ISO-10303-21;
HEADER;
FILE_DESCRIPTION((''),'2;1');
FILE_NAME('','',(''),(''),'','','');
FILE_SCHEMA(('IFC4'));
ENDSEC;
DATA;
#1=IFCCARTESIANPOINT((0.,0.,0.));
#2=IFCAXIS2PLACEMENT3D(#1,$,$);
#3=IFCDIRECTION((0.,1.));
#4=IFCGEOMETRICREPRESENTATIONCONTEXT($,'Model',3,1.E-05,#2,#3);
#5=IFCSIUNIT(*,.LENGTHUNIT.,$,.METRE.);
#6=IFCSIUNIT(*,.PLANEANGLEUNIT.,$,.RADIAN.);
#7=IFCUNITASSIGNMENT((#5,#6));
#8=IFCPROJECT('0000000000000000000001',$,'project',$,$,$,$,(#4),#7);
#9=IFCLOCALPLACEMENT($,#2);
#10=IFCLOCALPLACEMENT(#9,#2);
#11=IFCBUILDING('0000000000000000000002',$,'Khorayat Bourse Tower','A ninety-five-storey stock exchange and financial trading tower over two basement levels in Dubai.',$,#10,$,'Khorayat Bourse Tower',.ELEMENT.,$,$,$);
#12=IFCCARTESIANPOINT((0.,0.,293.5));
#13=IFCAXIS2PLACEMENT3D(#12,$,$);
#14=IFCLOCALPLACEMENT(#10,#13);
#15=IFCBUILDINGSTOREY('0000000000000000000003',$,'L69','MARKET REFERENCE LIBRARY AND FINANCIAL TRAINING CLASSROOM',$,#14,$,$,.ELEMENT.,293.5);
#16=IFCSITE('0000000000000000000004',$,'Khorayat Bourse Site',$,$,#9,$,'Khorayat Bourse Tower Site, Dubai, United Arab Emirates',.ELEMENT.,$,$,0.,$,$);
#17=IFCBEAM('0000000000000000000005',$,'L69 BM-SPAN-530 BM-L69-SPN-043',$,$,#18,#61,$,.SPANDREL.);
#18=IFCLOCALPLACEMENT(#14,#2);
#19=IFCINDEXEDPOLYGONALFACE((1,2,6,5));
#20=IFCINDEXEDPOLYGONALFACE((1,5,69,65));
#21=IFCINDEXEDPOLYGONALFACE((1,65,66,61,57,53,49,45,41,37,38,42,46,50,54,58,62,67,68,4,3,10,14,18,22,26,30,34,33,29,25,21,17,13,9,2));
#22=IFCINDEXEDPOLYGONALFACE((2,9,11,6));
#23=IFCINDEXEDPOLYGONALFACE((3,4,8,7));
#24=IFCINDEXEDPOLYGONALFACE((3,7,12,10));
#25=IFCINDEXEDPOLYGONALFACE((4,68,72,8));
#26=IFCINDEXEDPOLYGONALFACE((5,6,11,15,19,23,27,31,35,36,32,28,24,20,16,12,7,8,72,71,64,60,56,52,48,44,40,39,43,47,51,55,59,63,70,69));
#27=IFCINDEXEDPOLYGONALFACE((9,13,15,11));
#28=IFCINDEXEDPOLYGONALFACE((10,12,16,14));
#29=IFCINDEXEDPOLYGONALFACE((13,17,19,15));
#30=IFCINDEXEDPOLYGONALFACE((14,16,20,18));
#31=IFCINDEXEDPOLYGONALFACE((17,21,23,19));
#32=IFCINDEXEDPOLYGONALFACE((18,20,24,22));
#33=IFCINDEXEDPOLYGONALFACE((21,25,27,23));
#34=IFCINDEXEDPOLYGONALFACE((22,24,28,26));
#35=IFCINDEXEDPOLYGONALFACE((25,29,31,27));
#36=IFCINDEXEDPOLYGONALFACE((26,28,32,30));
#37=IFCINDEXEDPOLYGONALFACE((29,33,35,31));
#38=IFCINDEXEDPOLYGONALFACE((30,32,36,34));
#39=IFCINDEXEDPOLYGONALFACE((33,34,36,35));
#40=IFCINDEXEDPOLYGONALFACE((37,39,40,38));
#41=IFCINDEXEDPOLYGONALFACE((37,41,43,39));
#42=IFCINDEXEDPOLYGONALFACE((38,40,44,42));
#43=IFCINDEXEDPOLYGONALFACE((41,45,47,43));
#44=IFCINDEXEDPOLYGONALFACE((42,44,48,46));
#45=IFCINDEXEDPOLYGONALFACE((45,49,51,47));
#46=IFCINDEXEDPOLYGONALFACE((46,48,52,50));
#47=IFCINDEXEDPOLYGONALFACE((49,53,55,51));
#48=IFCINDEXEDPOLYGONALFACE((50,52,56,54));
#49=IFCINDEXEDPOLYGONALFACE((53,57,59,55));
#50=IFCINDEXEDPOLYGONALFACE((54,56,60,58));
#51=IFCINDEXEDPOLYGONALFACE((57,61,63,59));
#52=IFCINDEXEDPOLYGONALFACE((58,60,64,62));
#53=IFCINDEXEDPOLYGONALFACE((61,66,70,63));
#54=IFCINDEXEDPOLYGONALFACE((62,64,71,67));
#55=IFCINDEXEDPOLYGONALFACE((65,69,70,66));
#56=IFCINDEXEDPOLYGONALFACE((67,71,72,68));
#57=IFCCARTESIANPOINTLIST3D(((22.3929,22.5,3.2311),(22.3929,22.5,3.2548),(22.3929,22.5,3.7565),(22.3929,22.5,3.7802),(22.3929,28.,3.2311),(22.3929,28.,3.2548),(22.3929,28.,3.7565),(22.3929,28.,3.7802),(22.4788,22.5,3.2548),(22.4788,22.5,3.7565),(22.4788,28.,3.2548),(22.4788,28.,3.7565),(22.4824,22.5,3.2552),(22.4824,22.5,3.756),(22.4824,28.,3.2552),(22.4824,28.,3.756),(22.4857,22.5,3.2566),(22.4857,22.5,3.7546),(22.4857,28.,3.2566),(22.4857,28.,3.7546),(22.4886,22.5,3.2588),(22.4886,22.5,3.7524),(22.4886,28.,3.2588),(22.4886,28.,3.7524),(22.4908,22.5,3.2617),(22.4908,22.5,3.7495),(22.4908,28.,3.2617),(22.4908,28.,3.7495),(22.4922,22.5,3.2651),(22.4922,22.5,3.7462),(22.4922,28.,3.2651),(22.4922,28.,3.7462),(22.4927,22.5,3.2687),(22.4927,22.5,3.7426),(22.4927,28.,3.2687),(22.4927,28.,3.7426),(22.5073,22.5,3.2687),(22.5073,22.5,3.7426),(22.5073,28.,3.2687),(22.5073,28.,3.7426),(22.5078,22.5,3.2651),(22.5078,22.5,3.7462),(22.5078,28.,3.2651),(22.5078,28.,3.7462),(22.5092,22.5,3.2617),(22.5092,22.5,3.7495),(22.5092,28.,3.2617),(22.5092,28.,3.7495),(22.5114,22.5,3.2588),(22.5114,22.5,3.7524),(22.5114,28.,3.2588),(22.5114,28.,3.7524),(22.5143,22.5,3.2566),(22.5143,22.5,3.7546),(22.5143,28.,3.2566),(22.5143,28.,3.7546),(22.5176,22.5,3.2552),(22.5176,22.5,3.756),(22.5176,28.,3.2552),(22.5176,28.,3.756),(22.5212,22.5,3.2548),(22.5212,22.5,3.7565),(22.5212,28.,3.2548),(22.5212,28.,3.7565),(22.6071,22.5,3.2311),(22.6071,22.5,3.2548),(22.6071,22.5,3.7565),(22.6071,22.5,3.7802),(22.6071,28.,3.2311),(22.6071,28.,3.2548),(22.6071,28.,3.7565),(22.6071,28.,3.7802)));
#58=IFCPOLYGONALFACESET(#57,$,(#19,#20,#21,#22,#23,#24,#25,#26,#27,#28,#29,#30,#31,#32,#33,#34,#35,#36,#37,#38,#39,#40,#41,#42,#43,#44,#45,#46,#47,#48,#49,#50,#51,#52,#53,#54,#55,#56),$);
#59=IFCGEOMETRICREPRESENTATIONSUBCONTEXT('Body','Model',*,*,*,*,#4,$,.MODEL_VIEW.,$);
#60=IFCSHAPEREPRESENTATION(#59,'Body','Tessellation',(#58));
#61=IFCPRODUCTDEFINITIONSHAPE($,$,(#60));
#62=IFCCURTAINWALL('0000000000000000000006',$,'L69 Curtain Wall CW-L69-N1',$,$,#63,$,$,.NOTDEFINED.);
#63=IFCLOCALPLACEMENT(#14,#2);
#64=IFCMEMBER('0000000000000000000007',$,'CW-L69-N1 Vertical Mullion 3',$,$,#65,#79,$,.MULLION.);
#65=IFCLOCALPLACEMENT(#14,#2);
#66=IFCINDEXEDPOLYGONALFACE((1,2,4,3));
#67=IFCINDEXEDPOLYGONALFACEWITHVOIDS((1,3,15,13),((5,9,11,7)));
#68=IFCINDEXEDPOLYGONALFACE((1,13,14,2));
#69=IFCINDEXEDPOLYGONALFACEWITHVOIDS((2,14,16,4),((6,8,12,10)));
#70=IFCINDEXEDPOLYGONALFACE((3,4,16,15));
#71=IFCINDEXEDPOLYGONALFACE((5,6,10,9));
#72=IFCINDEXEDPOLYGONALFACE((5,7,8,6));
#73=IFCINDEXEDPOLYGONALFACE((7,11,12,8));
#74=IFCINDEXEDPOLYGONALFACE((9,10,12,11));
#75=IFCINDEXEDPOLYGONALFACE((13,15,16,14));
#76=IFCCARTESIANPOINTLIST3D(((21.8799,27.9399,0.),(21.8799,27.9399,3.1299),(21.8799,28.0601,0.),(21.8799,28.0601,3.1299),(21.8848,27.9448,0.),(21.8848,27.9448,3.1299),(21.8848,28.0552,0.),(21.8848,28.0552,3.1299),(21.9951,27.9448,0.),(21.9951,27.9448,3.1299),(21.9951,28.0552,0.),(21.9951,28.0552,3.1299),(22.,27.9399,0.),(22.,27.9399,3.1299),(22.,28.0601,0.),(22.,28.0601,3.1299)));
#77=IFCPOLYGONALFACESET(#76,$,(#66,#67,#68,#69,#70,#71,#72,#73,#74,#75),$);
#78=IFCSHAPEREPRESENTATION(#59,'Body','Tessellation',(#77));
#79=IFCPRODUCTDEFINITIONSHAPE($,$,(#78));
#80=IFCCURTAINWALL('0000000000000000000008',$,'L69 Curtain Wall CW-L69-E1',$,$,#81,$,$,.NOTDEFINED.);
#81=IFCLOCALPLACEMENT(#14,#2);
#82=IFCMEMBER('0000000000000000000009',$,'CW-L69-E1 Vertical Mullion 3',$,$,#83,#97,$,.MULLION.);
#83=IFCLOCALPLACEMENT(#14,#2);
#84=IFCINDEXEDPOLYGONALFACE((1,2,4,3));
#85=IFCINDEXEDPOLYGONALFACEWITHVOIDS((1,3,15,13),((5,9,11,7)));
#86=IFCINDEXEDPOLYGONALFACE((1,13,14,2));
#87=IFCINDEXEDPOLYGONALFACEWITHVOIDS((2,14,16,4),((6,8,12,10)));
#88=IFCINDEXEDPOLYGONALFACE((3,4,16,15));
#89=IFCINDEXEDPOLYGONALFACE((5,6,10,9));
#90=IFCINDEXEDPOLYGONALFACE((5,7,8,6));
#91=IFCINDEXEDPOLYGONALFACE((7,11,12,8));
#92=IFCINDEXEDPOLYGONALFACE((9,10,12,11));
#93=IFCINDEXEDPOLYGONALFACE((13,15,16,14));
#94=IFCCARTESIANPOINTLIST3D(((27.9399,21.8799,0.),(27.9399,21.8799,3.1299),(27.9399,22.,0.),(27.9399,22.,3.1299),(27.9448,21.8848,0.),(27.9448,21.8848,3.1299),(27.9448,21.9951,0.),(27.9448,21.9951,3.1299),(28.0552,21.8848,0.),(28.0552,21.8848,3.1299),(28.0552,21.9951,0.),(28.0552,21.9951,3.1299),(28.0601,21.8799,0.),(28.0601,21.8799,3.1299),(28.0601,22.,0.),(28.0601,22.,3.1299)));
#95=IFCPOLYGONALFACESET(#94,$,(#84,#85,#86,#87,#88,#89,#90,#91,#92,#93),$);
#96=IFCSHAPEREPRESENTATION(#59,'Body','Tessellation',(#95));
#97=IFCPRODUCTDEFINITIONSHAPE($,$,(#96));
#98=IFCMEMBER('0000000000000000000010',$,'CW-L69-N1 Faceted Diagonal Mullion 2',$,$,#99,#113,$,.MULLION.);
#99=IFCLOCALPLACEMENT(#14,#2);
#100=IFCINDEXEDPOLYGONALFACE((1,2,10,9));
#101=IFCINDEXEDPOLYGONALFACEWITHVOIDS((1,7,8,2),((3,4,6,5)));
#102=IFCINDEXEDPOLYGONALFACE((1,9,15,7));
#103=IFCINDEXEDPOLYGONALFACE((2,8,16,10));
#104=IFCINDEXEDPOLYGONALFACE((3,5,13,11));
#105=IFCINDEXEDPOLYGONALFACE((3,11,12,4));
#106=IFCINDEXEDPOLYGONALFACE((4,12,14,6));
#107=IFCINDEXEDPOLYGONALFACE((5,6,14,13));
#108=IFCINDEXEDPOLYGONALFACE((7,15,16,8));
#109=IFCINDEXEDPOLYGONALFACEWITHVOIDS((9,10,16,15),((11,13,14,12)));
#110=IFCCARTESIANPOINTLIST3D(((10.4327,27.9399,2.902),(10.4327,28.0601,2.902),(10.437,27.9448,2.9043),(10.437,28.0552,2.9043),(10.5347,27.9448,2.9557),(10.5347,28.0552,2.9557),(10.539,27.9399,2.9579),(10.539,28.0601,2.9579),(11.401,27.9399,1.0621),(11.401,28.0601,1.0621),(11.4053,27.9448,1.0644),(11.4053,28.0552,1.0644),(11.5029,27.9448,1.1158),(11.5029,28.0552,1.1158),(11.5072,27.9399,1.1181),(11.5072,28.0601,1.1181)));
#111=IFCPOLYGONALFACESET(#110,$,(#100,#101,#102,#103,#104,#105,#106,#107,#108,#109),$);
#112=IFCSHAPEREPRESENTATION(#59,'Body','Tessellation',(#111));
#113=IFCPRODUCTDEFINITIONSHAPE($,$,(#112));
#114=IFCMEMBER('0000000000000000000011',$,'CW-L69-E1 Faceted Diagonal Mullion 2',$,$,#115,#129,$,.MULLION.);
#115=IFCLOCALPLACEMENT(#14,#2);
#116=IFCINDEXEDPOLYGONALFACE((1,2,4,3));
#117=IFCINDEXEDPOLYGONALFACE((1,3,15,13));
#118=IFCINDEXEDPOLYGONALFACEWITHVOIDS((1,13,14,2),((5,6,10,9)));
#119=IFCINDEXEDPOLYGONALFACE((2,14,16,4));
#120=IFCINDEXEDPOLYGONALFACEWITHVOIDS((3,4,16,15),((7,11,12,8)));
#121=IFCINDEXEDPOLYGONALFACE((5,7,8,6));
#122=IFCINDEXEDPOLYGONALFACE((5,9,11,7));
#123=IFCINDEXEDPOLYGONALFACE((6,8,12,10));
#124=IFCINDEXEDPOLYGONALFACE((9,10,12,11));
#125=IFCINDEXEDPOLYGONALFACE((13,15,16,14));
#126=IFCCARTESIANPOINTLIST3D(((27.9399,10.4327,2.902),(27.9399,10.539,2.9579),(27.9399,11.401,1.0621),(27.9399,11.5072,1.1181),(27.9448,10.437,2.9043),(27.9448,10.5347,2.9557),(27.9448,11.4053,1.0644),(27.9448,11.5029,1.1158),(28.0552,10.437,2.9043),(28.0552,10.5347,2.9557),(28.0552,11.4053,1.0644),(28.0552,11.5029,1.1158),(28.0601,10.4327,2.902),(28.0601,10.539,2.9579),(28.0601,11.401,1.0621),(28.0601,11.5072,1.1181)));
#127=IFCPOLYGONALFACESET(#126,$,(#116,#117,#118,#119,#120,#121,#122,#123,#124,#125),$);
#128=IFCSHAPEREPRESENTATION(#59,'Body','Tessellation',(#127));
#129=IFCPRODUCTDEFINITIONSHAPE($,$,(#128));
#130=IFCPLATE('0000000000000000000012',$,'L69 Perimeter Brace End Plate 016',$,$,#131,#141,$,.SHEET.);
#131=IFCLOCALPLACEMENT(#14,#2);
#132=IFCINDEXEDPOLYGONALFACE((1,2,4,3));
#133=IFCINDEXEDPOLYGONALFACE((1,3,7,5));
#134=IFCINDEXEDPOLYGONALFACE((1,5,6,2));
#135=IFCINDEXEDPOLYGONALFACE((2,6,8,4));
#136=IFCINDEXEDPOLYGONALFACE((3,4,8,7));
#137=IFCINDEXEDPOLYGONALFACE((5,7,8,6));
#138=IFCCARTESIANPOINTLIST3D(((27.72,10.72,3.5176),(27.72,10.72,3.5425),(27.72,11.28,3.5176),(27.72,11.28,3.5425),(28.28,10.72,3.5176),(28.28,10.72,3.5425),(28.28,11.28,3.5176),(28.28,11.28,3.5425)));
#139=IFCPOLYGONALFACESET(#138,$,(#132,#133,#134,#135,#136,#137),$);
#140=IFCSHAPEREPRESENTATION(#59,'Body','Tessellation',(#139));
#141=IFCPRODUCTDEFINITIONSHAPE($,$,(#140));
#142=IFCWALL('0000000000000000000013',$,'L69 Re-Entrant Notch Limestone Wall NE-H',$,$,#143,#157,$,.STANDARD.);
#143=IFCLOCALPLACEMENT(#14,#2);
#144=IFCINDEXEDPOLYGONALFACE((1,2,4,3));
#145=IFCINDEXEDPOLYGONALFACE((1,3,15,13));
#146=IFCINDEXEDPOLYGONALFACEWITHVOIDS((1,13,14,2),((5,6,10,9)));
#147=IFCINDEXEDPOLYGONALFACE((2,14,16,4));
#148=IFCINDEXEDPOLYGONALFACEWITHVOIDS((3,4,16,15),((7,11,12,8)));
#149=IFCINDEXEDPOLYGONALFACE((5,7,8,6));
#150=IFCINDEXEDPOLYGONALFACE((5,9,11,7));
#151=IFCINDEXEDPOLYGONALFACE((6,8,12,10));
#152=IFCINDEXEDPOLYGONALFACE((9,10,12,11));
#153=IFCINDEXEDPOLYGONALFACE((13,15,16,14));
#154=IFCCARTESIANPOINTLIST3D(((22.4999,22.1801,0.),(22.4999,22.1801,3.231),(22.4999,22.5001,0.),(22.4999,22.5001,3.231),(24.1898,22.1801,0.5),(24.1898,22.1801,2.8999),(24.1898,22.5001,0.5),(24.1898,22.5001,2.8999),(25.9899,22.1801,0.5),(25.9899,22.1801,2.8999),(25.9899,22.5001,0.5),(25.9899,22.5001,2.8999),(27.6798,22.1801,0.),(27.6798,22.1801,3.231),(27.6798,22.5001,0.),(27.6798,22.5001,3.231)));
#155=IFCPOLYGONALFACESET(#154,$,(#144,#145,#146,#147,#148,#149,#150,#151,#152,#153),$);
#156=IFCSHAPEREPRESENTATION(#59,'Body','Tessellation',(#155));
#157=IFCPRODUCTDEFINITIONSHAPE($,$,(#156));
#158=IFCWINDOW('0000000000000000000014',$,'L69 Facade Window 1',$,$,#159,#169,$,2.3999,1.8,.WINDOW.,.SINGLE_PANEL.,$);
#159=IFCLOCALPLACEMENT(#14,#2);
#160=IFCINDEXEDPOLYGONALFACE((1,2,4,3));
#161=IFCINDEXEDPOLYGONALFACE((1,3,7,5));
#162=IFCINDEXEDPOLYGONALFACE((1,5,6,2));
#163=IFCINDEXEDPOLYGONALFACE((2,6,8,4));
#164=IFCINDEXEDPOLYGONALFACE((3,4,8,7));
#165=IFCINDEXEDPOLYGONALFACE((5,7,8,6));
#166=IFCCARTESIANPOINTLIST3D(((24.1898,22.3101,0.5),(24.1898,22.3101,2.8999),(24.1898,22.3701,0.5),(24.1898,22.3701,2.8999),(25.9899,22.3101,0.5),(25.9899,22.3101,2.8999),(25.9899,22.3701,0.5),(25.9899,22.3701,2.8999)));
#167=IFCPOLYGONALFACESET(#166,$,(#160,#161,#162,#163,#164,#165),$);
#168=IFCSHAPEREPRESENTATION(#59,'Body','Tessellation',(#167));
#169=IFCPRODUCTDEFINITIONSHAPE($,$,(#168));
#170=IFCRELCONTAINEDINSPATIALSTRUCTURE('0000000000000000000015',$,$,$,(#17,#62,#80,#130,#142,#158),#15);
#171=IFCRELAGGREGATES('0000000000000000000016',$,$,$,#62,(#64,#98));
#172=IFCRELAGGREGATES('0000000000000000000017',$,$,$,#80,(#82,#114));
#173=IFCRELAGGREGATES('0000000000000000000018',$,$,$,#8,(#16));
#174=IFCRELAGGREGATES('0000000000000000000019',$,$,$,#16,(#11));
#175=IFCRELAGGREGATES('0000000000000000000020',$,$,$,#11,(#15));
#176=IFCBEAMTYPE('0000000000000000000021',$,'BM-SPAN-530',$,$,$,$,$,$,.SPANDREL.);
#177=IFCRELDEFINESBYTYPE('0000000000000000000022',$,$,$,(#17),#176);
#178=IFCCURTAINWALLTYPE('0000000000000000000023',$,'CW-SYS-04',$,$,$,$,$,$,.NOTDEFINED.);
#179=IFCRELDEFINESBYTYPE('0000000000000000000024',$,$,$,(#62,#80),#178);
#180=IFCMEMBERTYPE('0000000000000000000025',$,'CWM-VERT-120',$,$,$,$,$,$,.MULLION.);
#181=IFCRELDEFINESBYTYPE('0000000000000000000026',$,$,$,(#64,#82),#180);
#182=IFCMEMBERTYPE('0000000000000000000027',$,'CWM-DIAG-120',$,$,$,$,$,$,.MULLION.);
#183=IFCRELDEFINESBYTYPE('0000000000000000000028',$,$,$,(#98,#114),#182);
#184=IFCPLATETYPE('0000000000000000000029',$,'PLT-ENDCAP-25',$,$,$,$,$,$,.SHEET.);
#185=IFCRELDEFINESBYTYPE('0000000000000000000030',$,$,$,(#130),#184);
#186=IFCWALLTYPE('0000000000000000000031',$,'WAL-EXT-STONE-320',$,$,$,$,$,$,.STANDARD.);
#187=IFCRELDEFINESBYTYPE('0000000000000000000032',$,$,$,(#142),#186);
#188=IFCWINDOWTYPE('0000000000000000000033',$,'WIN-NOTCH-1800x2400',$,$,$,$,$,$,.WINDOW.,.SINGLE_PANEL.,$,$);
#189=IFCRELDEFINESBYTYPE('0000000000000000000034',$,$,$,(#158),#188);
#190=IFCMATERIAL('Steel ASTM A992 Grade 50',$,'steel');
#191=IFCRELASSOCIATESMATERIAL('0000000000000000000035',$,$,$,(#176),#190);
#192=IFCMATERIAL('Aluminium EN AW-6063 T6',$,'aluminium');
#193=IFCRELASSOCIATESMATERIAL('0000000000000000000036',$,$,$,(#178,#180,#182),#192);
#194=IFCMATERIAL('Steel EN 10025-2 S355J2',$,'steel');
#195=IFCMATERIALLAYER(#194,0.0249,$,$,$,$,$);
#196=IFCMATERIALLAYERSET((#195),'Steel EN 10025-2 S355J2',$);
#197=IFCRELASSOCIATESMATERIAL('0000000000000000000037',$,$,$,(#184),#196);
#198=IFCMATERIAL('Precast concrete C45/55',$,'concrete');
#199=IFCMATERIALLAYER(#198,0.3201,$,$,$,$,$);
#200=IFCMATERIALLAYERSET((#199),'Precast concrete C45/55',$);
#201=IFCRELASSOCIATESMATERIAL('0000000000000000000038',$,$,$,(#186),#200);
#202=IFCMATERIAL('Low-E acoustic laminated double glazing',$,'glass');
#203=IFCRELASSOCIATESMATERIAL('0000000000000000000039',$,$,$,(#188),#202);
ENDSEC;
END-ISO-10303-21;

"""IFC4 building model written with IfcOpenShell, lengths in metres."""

from ifc_helpers import new_model, si_unit, direction, frame, frame_2d, origin, origin_2d, place, context, subcontext, project, spatial, rectangle, hollow_rectangle, i_section, extrude, source, transform, mapped, material, layer, layer_set, material_profile, profile_set, type_object, element, fill, aggregate, save


model = new_model("IFC4")

# Units and contexts
model_context = context("Model", 3, precision=1e-05, world=origin(), true_north=direction((0.0, 1.0)))
body_context = subcontext(model_context, "Body", "Model", "MODEL_VIEW")
ifc_project = project(units=[si_unit("LENGTHUNIT", "METRE"), si_unit("PLANEANGLEUNIT", "RADIAN")], contexts=[model_context])

# Site, building, storey
site_placement = place(None, origin())
site = spatial("IfcSite", under=ifc_project, at=site_placement, Name="Khorayat Bourse Site", LongName="Khorayat Bourse Tower Site, Dubai, United Arab Emirates", CompositionType="ELEMENT", RefElevation=0.0)
building_placement = place(site_placement, origin())
building = spatial("IfcBuilding", under=site, at=building_placement, Name="Khorayat Bourse Tower", Description="A ninety-five-storey stock exchange and financial trading tower over two basement levels in Dubai.", LongName="Khorayat Bourse Tower", CompositionType="ELEMENT")
storey_placement = place(building_placement, frame((0.0, 0.0, 293.5)))
storey = spatial("IfcBuildingStorey", under=building, at=storey_placement, Name="L69", Description="MARKET REFERENCE LIBRARY AND FINANCIAL TRAINING CLASSROOM", CompositionType="ELEMENT", Elevation=293.5)

# Beam
ifc_material_1 = material(Name="Steel ASTM A992 Grade 50", Category="steel")
ifc_material_profile_1 = material_profile(ifc_material_1, i_section(OverallWidth=0.2141, OverallDepth=0.5491, WebThickness=0.0146, FlangeThickness=0.0237, FilletRadius=0.0139, at=origin_2d()), Name="W530X138")
ifc_profile_set_1 = profile_set([ifc_material_profile_1], Name="Steel ASTM A992 Grade 50")
beam_type_1 = type_object("IfcBeamType", Name="BM-SPAN-530", PredefinedType="SPANDREL", material=ifc_profile_set_1)
shared_shape_1 = source(origin(), body_context, "Body", "SweptSolid", [
    extrude(i_section(OverallWidth=0.2141, OverallDepth=0.5491, WebThickness=0.0146, FlangeThickness=0.0237, FilletRadius=0.0139, at=origin_2d()), origin(), (0.0, 0.0, 1.0), 5.5),
])
for number, where, z_axis, x_axis, name in (
    (1, (22.5, 22.5, 3.5056), (0.0, 1.0, 0.0), (-1.0, 0.0, 0.0), "L69 BM-SPAN-530 BM-L69-SPN-043"),
):
    element("IfcBeam", number, at=place(storey_placement, frame(where, z_axis=z_axis, x_axis=x_axis)), inside=storey, type_object=beam_type_1, Name=name, PredefinedType="SPANDREL", context=body_context, shape_type="MappedRepresentation", body=[
        mapped(shared_shape_1, transform((0.0, 0.0, 0.0), scale=1.0)),
    ])

# Curtain walls, members
ifc_material_2 = material(Name="Aluminium EN AW-6063 T6", Category="aluminium")
curtain_wall_type = type_object("IfcCurtainWallType", Name="CW-SYS-04", PredefinedType="NOTDEFINED", material=ifc_material_2)
curtain_wall_1_placement = place(storey_placement, origin())
curtain_wall_1 = element("IfcCurtainWall", 2, at=curtain_wall_1_placement, inside=storey, type_object=curtain_wall_type, Name="L69 Curtain Wall CW-L69-N1", PredefinedType="NOTDEFINED")
ifc_material_profile_2 = material_profile(ifc_material_2, hollow_rectangle(XDim=0.1201, YDim=0.1201, WallThickness=0.0049, at=origin_2d()), Name="ALU 120x120x5")
ifc_profile_set_2 = profile_set([ifc_material_profile_2], Name="Aluminium EN AW-6063 T6")
member_type_1 = type_object("IfcMemberType", Name="CWM-VERT-120", PredefinedType="MULLION", material=ifc_profile_set_2)
shared_shape_2 = source(origin(), body_context, "Body", "SweptSolid", [
    extrude(hollow_rectangle(XDim=0.1201, YDim=0.1201, WallThickness=0.0049, at=origin_2d()), origin(), (0.0, 0.0, 1.0), 3.1299),
])
member_1_placement = place(storey_placement, frame((21.9399, 28.0, 0.0), z_axis=(0.0, 0.0, 1.0), x_axis=(0.0, 1.0, 0.0)))
member_1 = element("IfcMember", 3, at=member_1_placement, type_object=member_type_1, Name="CW-L69-N1 Vertical Mullion 3", PredefinedType="MULLION", context=body_context, shape_type="MappedRepresentation", body=[
    mapped(shared_shape_2, transform((0.0, 0.0, 0.0), scale=1.0)),
])
curtain_wall_2_placement = place(storey_placement, origin())
curtain_wall_2 = element("IfcCurtainWall", 4, at=curtain_wall_2_placement, inside=storey, type_object=curtain_wall_type, Name="L69 Curtain Wall CW-L69-E1", PredefinedType="NOTDEFINED")
member_2_placement = place(storey_placement, frame((28.0, 21.9399, 0.0), z_axis=(0.0, 0.0, 1.0), x_axis=(-1.0, 0.0, 0.0)))
member_2 = element("IfcMember", 5, at=member_2_placement, type_object=member_type_1, Name="CW-L69-E1 Vertical Mullion 3", PredefinedType="MULLION", context=body_context, shape_type="MappedRepresentation", body=[
    mapped(shared_shape_2, transform((0.0, 0.0, 0.0), scale=1.0)),
])

# Members
ifc_material_profile_3 = material_profile(ifc_material_2, hollow_rectangle(XDim=0.1201, YDim=0.1201, WallThickness=0.0049, at=origin_2d()), Name="ALU 120x120x5")
ifc_profile_set_3 = profile_set([ifc_material_profile_3], Name="Aluminium EN AW-6063 T6")
member_type_2 = type_object("IfcMemberType", Name="CWM-DIAG-120", PredefinedType="MULLION", material=ifc_profile_set_3)
shared_shape_3 = source(origin(), body_context, "Body", "SweptSolid", [
    extrude(hollow_rectangle(XDim=0.1201, YDim=0.1201, WallThickness=0.0049, at=origin_2d()), origin(), (0.0, 0.0, 1.0), 2.0791),
])
member_3_placement = place(storey_placement, frame((11.4541, 28.0, 1.0901), z_axis=(-0.465717, 0.0, 0.884934), x_axis=(0.0, -1.0, 0.0)))
member_3 = element("IfcMember", 6, at=member_3_placement, type_object=member_type_2, Name="CW-L69-N1 Faceted Diagonal Mullion 2", PredefinedType="MULLION", context=body_context, shape_type="MappedRepresentation", body=[
    mapped(shared_shape_3, transform((0.0, 0.0, 0.0), scale=1.0)),
])
aggregate(curtain_wall_1, [member_1, member_3])
member_4_placement = place(storey_placement, frame((28.0, 11.4541, 1.0901), z_axis=(0.0, -0.465717, 0.884934), x_axis=(1.0, 0.0, 0.0)))
member_4 = element("IfcMember", 7, at=member_4_placement, type_object=member_type_2, Name="CW-L69-E1 Faceted Diagonal Mullion 2", PredefinedType="MULLION", context=body_context, shape_type="MappedRepresentation", body=[
    mapped(shared_shape_3, transform((0.0, 0.0, 0.0), scale=1.0)),
])
aggregate(curtain_wall_2, [member_2, member_4])

# Plate
ifc_material_3 = material(Name="Steel EN 10025-2 S355J2", Category="steel")
ifc_layer_1 = layer(ifc_material_3, 0.0249)
ifc_layer_set_1 = layer_set([ifc_layer_1], Name="Steel EN 10025-2 S355J2")
plate_type = type_object("IfcPlateType", Name="PLT-ENDCAP-25", PredefinedType="SHEET", material=ifc_layer_set_1)
shared_shape_4 = source(origin(), body_context, "Body", "SweptSolid", [
    extrude(rectangle(XDim=0.5601, YDim=0.5601, at=origin_2d()), origin(), (0.0, 0.0, 1.0), 0.0249),
])
plate_placement = place(storey_placement, frame((28.0, 11.0, 3.5176), z_axis=(0.0, 0.0, 1.0), x_axis=(1.0, 0.0, 0.0)))
element("IfcPlate", 8, at=plate_placement, inside=storey, type_object=plate_type, Name="L69 Perimeter Brace End Plate 016", PredefinedType="SHEET", context=body_context, shape_type="MappedRepresentation", body=[
    mapped(shared_shape_4, transform((0.0, 0.0, 0.0), scale=1.0)),
])

# Wall, opening, window
ifc_material_4 = material(Name="Precast concrete C45/55", Category="concrete")
ifc_layer_2 = layer(ifc_material_4, 0.3201)
ifc_layer_set_2 = layer_set([ifc_layer_2], Name="Precast concrete C45/55")
wall_type_1 = type_object("IfcWallType", Name="WAL-EXT-STONE-320", PredefinedType="STANDARD", material=ifc_layer_set_2)
shared_shape_5 = source(origin(), body_context, "Body", "SweptSolid", [
    extrude(rectangle(XDim=5.1799, YDim=0.3201, at=frame_2d((2.5898, 0.0))), origin(), (0.0, 0.0, 1.0), 3.231),
])
wall_1_placement = place(storey_placement, frame((22.5, 22.3401, 0.0), z_axis=(0.0, 0.0, 1.0), x_axis=(1.0, 0.0, 0.0)))
wall_1 = element("IfcWall", 9, at=wall_1_placement, inside=storey, type_object=wall_type_1, Name="L69 Re-Entrant Notch Limestone Wall NE-H", PredefinedType="STANDARD", context=body_context, shape_type="MappedRepresentation", body=[
    mapped(shared_shape_5, transform((0.0, 0.0, 0.0), scale=1.0)),
])
shared_shape_6 = source(origin(), body_context, "Body", "SweptSolid", [
    extrude(rectangle(XDim=1.8, YDim=2.3999, at=frame_2d((0.8999, 1.2))), frame((0.0, 0.1699, 0.0), z_axis=(0.0, -1.0, 0.0), x_axis=(1.0, 0.0, 0.0)), (0.0, 0.0, 1.0), 0.3401),
])
opening_1_placement = place(wall_1_placement, frame((1.6899, 0.0, 0.5)))
opening_1 = element("IfcOpeningElement", 10, at=opening_1_placement, cuts=wall_1, PredefinedType="OPENING", context=body_context, shape_type="MappedRepresentation", body=[
    mapped(shared_shape_6, transform((0.0, 0.0, 0.0), scale=1.0)),
])
ifc_material_5 = material(Name="Low-E acoustic laminated double glazing", Category="glass")
window_type = type_object("IfcWindowType", Name="WIN-NOTCH-1800x2400", PartitioningType="SINGLE_PANEL", PredefinedType="WINDOW", material=ifc_material_5)
shared_shape_7 = source(origin(), body_context, "Body", "SweptSolid", [
    extrude(rectangle(XDim=1.8, YDim=2.3999, at=frame_2d((0.8999, 1.2))), frame((0.0, 0.03, 0.0), z_axis=(0.0, -1.0, 0.0), x_axis=(1.0, 0.0, 0.0)), (0.0, 0.0, 1.0), 0.0601),
])
window_1_placement = place(opening_1_placement, origin())
window_1 = element("IfcWindow", 11, at=window_1_placement, inside=storey, type_object=window_type, Name="L69 Facade Window 1", OverallHeight=2.3999, OverallWidth=1.8, PartitioningType="SINGLE_PANEL", PredefinedType="WINDOW", context=body_context, shape_type="MappedRepresentation", body=[
    mapped(shared_shape_7, transform((0.0, 0.0, 0.0), scale=1.0)),
])
fill(opening_1, window_1)

save(model, "model.ifc")
